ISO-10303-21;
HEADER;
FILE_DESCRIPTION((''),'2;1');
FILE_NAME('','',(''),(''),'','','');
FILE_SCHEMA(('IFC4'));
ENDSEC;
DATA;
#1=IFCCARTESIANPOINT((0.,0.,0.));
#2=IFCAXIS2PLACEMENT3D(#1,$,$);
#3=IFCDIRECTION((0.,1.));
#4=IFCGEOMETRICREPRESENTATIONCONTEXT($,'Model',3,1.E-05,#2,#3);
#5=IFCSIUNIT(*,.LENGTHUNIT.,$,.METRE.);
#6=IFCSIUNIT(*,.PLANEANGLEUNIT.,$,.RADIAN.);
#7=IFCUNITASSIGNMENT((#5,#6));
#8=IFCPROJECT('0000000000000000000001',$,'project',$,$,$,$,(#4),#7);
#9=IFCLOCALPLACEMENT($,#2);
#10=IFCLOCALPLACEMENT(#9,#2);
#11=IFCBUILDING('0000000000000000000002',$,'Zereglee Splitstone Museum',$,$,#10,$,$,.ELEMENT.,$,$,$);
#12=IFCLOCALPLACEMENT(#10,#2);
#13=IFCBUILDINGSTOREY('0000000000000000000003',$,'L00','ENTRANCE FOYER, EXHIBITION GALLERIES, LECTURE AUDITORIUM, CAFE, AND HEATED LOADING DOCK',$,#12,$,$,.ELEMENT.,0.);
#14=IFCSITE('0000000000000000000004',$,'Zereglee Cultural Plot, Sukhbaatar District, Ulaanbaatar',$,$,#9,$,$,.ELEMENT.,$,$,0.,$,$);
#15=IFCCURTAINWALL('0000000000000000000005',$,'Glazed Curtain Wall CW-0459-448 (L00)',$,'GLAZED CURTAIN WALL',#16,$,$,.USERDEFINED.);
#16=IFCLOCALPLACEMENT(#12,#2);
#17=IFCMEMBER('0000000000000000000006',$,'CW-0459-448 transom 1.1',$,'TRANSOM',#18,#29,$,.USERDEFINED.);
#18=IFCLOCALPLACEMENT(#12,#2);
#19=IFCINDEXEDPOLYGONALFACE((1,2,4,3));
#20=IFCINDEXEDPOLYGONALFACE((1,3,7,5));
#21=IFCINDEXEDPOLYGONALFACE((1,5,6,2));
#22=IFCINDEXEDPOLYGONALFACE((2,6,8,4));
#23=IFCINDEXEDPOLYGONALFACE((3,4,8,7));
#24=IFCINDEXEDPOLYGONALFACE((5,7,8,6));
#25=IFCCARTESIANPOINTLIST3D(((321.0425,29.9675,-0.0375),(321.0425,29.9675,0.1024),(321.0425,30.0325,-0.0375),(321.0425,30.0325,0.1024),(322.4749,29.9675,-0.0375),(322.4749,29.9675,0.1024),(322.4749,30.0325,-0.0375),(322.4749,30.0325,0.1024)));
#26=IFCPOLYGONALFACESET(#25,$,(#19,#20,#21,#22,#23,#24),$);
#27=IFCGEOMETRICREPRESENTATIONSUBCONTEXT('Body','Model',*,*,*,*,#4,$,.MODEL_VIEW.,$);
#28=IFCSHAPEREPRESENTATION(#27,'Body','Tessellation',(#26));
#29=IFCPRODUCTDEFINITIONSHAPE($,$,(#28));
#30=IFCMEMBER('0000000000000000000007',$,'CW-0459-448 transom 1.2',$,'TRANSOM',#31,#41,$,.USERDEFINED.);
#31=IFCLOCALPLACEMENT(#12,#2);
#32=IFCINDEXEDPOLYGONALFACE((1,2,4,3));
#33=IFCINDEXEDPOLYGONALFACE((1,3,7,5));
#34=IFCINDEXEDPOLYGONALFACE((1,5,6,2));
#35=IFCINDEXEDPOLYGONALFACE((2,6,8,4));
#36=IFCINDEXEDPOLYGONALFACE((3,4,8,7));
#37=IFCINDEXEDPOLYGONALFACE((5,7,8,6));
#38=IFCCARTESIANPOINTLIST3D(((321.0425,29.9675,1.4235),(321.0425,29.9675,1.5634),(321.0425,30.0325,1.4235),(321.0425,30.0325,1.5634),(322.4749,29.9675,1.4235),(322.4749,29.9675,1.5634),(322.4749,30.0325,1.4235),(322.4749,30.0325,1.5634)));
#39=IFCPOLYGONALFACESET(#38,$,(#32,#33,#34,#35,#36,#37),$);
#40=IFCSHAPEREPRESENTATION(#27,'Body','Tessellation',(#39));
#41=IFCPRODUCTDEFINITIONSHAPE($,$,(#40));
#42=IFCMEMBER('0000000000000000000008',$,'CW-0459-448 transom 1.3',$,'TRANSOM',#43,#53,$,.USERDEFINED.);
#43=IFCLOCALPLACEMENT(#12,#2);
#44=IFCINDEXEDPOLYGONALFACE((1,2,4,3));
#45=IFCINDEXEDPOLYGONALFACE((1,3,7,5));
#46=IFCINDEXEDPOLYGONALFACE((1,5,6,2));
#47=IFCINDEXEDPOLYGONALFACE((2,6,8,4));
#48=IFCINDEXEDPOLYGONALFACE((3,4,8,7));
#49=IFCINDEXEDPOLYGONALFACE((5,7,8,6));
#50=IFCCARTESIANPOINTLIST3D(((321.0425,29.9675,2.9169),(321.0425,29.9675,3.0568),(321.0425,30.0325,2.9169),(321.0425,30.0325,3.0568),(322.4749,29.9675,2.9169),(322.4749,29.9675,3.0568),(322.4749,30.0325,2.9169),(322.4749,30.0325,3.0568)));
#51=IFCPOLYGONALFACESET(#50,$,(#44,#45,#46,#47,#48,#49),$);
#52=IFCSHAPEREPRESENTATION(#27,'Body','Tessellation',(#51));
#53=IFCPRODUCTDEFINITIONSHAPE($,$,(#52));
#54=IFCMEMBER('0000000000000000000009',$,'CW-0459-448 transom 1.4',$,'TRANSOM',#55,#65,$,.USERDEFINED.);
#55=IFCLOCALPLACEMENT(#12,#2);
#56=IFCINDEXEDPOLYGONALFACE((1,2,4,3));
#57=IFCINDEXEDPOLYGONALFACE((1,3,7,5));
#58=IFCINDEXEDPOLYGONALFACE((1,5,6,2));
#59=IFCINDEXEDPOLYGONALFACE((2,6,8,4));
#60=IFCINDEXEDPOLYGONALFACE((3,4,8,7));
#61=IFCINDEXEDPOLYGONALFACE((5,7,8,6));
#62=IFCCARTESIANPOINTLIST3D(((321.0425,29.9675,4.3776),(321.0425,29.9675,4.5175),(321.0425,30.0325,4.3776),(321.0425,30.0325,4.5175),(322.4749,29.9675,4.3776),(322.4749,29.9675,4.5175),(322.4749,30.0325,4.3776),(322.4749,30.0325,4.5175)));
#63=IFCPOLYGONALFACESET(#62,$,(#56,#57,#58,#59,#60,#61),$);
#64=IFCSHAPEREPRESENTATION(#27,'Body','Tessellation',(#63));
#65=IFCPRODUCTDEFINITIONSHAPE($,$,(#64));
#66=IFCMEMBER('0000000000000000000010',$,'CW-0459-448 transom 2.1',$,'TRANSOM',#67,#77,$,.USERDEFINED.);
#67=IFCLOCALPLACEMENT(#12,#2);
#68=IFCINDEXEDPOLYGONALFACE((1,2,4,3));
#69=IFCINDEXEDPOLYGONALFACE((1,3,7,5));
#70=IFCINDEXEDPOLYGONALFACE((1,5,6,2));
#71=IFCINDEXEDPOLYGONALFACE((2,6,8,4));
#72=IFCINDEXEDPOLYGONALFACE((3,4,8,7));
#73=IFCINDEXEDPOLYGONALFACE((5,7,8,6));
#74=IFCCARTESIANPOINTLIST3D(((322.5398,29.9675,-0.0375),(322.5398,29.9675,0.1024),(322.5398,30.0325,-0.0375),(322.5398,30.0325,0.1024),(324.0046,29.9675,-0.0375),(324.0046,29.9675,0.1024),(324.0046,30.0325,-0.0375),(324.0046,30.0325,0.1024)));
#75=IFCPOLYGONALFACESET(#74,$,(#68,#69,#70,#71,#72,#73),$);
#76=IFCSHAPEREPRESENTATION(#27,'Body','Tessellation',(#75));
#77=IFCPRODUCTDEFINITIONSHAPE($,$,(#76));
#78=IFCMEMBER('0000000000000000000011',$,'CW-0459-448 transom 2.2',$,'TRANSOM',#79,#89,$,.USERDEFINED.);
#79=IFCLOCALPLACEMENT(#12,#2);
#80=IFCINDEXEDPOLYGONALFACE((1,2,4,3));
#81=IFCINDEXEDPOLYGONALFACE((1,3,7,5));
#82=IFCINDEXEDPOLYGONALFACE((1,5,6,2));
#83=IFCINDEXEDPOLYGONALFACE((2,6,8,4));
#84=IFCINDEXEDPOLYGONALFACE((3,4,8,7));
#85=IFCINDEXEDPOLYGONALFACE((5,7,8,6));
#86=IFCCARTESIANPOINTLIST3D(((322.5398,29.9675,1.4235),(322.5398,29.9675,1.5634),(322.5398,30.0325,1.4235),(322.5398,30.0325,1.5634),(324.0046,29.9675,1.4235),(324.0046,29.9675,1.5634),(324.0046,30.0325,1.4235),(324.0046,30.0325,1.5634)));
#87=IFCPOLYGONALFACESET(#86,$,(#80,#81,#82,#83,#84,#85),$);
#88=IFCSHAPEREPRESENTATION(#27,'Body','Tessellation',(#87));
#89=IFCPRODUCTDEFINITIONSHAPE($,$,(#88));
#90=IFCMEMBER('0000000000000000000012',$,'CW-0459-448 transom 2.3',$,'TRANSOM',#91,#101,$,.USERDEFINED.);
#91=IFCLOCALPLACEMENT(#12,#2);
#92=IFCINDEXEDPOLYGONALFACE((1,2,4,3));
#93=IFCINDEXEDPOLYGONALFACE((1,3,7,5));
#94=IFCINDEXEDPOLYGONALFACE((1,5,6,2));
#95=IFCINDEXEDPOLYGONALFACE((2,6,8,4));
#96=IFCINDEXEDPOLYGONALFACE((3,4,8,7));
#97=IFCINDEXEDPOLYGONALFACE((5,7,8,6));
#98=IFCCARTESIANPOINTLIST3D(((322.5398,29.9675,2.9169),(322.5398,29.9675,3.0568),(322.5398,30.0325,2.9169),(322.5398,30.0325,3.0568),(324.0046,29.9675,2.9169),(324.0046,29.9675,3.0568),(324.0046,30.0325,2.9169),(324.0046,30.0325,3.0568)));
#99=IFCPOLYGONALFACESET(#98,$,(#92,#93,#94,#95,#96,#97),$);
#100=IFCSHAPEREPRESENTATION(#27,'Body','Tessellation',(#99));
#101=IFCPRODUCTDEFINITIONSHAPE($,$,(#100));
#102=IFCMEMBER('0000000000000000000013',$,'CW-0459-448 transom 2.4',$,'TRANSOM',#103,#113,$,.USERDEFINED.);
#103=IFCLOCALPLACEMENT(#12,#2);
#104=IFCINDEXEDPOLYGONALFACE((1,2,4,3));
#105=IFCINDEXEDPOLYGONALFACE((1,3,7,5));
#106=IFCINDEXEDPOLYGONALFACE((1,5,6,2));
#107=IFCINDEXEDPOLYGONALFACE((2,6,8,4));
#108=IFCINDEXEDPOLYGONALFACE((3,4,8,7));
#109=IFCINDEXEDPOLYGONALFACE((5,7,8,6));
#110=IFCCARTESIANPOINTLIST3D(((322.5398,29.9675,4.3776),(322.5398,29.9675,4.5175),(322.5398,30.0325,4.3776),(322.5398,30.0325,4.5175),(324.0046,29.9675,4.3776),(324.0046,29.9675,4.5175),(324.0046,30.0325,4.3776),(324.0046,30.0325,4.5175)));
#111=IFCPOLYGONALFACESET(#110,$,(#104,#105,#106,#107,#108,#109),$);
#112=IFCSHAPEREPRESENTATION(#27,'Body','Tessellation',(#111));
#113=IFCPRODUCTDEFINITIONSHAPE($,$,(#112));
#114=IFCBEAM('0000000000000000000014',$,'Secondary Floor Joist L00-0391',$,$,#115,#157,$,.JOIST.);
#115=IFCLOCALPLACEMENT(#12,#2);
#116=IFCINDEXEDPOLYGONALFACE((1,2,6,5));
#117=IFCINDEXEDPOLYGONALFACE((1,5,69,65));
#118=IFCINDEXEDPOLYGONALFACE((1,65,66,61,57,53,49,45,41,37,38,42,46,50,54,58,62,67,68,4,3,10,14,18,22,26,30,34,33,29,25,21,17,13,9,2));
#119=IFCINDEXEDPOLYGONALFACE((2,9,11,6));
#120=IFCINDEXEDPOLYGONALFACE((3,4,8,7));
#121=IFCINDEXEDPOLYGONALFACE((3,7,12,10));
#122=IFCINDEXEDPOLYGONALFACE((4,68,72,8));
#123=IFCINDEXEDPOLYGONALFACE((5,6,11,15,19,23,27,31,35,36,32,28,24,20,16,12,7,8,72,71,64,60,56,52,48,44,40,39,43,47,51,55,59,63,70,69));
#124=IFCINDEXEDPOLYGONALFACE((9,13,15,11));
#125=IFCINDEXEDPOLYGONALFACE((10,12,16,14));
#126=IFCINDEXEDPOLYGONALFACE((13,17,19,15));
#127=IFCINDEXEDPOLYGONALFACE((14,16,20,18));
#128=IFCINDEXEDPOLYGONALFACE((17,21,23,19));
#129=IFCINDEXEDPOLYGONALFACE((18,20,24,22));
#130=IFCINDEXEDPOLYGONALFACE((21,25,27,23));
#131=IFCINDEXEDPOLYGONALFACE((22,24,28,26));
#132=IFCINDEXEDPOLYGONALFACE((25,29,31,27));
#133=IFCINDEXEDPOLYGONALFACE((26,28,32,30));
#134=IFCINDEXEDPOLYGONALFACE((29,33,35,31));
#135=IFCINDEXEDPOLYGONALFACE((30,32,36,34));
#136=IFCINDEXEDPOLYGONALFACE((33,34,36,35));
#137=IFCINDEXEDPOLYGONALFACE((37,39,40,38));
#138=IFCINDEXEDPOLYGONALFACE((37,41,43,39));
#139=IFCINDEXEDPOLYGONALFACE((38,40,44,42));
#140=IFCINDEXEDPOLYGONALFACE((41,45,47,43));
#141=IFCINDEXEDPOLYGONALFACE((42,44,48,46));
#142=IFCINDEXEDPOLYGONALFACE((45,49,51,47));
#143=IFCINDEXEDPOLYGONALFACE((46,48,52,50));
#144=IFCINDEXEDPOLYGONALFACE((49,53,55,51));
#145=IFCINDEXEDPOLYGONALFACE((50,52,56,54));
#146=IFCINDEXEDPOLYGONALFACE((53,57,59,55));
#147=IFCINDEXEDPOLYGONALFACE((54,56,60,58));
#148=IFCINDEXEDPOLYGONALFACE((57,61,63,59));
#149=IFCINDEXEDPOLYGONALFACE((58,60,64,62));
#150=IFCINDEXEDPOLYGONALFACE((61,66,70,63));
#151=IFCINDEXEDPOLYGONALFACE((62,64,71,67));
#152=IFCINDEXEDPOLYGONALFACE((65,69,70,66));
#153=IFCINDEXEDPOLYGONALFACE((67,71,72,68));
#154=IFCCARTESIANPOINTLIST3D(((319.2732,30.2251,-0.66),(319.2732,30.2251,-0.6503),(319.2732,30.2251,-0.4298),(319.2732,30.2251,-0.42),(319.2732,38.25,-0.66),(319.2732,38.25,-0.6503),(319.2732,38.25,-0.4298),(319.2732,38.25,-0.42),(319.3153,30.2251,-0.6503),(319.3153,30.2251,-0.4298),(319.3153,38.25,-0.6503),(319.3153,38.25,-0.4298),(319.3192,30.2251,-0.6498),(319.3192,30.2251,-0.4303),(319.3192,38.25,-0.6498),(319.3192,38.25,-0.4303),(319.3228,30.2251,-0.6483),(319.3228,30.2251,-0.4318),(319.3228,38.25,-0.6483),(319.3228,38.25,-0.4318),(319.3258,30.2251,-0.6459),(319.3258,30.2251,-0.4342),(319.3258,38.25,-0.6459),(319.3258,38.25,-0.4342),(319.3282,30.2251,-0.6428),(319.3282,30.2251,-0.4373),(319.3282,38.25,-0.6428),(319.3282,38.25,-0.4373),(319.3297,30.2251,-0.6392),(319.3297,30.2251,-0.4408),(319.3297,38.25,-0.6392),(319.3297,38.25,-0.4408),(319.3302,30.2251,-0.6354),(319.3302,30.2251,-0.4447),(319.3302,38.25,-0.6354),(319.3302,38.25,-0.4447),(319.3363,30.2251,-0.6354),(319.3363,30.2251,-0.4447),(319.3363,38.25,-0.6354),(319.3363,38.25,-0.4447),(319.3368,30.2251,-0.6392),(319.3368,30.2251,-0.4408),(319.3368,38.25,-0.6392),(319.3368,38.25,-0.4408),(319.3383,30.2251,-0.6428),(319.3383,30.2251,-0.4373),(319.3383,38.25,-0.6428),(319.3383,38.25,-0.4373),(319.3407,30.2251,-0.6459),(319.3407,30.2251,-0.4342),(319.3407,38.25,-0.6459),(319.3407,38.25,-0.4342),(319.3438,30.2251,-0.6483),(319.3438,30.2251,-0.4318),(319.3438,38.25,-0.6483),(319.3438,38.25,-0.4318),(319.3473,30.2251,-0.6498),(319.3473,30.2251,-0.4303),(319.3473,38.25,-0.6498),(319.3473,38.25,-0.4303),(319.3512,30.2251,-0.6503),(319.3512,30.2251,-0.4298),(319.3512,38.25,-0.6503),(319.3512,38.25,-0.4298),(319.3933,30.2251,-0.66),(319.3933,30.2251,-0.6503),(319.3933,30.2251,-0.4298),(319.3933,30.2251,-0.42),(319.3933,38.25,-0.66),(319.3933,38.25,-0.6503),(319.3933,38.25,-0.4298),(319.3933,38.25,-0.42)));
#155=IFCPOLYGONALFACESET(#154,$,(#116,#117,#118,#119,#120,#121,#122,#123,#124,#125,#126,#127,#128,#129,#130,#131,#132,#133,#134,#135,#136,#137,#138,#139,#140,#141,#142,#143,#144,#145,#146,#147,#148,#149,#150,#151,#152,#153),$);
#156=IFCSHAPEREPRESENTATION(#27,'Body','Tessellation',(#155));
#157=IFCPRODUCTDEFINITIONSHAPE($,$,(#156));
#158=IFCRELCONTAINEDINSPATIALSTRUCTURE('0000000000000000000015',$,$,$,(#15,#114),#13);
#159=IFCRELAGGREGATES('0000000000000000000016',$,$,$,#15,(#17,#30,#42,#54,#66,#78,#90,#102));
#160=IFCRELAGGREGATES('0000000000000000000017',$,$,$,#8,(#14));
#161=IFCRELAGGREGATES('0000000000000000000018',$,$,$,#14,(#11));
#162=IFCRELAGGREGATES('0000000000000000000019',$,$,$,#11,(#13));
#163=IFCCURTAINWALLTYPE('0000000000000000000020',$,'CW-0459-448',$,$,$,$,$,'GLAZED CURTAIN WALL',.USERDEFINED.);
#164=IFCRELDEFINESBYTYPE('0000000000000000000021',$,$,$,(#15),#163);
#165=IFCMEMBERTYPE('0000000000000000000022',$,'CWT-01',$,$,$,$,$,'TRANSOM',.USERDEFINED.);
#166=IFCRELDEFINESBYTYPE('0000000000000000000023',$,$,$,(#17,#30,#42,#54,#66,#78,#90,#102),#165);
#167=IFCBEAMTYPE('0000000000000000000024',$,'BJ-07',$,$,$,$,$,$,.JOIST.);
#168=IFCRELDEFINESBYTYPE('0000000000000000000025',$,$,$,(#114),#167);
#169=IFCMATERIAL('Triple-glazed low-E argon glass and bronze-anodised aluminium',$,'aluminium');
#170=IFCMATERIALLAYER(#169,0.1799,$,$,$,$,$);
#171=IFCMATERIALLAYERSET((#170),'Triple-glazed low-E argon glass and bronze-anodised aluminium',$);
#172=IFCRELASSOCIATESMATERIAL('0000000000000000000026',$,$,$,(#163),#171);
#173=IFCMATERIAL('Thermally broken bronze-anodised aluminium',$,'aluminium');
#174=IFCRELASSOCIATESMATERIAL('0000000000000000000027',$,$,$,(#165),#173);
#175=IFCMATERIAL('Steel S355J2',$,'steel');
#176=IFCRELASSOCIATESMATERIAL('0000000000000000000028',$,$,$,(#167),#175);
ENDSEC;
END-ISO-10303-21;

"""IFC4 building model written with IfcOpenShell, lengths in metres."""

from ifc_helpers import new_model, si_unit, direction, frame, origin, origin_2d, place, context, subcontext, project, spatial, rectangle, i_section, extrude, material, layer, layer_set, material_profile, profile_set, type_object, element, aggregate, save


model = new_model("IFC4")

# Units and contexts
model_context = context("Model", 3, precision=1e-05, world=origin(), true_north=direction((0.0, 1.0)))
body_context = subcontext(model_context, "Body", "Model", "MODEL_VIEW")
ifc_project = project(units=[si_unit("LENGTHUNIT", "METRE"), si_unit("PLANEANGLEUNIT", "RADIAN")], contexts=[model_context])

# Site, building, storey
site_placement = place(None, origin())
site = spatial("IfcSite", under=ifc_project, at=site_placement, Name="Zereglee Cultural Plot, Sukhbaatar District, Ulaanbaatar", CompositionType="ELEMENT", RefElevation=0.0)
building_placement = place(site_placement, origin())
building = spatial("IfcBuilding", under=site, at=building_placement, Name="Zereglee Splitstone Museum", CompositionType="ELEMENT")
storey_placement = place(building_placement, origin())
storey = spatial("IfcBuildingStorey", under=building, at=storey_placement, Name="L00", Description="ENTRANCE FOYER, EXHIBITION GALLERIES, LECTURE AUDITORIUM, CAFE, AND HEATED LOADING DOCK", CompositionType="ELEMENT", Elevation=0.0)

# Curtain wall
ifc_material_1 = material(Name="Triple-glazed low-E argon glass and bronze-anodised aluminium", Category="aluminium")
ifc_material_2 = material(Name="Thermally broken bronze-anodised aluminium", Category="aluminium")
ifc_layer_1 = layer(ifc_material_1, 0.1799)
ifc_layer_set_1 = layer_set([ifc_layer_1], Name="Triple-glazed low-E argon glass and bronze-anodised aluminium")
curtain_wall_type_1 = type_object("IfcCurtainWallType", Name="CW-0459-448", ElementType="GLAZED CURTAIN WALL", PredefinedType="USERDEFINED", material=ifc_layer_set_1)
curtain_wall_1_placement = place(storey_placement, origin())
curtain_wall_1 = element("IfcCurtainWall", 1, at=curtain_wall_1_placement, inside=storey, type_object=curtain_wall_type_1, Name="Glazed Curtain Wall CW-0459-448 (L00)", ObjectType="GLAZED CURTAIN WALL", PredefinedType="USERDEFINED")

# Members
ifc_material_profile_1 = material_profile(ifc_material_2, rectangle(XDim=0.0649, YDim=0.1399, at=origin_2d()), Name="CW TRAN 65x140")
ifc_profile_set_1 = profile_set([ifc_material_profile_1], Name="Thermally broken bronze-anodised aluminium")
member_type_1 = type_object("IfcMemberType", Name="CWT-01", ElementType="TRANSOM", PredefinedType="USERDEFINED", material=ifc_profile_set_1)
member_1_placement = place(storey_placement, frame((321.0425, 30.0, 0.0325), z_axis=(1.0, 0.0, 0.0), x_axis=(0.0, 1.0, 0.0)))
member_1 = element("IfcMember", 2, at=member_1_placement, type_object=member_type_1, Name="CW-0459-448 transom 1.1", ObjectType="TRANSOM", PredefinedType="USERDEFINED", context=body_context, shape_type="SweptSolid", body=[
    extrude(rectangle(XDim=0.0649, YDim=0.1399, at=origin_2d()), origin(), (0.0, 0.0, 1.0), 1.4324),
])
member_2_placement = place(storey_placement, frame((321.0425, 30.0, 1.4934), z_axis=(1.0, 0.0, 0.0), x_axis=(0.0, 1.0, 0.0)))
member_2 = element("IfcMember", 3, at=member_2_placement, type_object=member_type_1, Name="CW-0459-448 transom 1.2", ObjectType="TRANSOM", PredefinedType="USERDEFINED", context=body_context, shape_type="SweptSolid", body=[
    extrude(rectangle(XDim=0.0649, YDim=0.1399, at=origin_2d()), origin(), (0.0, 0.0, 1.0), 1.4324),
])
member_3_placement = place(storey_placement, frame((321.0425, 30.0, 2.9868), z_axis=(1.0, 0.0, 0.0), x_axis=(0.0, 1.0, 0.0)))
member_3 = element("IfcMember", 4, at=member_3_placement, type_object=member_type_1, Name="CW-0459-448 transom 1.3", ObjectType="TRANSOM", PredefinedType="USERDEFINED", context=body_context, shape_type="SweptSolid", body=[
    extrude(rectangle(XDim=0.0649, YDim=0.1399, at=origin_2d()), origin(), (0.0, 0.0, 1.0), 1.4324),
])
member_4_placement = place(storey_placement, frame((321.0425, 30.0, 4.4475), z_axis=(1.0, 0.0, 0.0), x_axis=(0.0, 1.0, 0.0)))
member_4 = element("IfcMember", 5, at=member_4_placement, type_object=member_type_1, Name="CW-0459-448 transom 1.4", ObjectType="TRANSOM", PredefinedType="USERDEFINED", context=body_context, shape_type="SweptSolid", body=[
    extrude(rectangle(XDim=0.0649, YDim=0.1399, at=origin_2d()), origin(), (0.0, 0.0, 1.0), 1.4324),
])
member_5_placement = place(storey_placement, frame((322.5398, 30.0, 0.0325), z_axis=(1.0, 0.0, 0.0), x_axis=(0.0, 1.0, 0.0)))
member_5 = element("IfcMember", 6, at=member_5_placement, type_object=member_type_1, Name="CW-0459-448 transom 2.1", ObjectType="TRANSOM", PredefinedType="USERDEFINED", context=body_context, shape_type="SweptSolid", body=[
    extrude(rectangle(XDim=0.0649, YDim=0.1399, at=origin_2d()), origin(), (0.0, 0.0, 1.0), 1.4648),
])
member_6_placement = place(storey_placement, frame((322.5398, 30.0, 1.4934), z_axis=(1.0, 0.0, 0.0), x_axis=(0.0, 1.0, 0.0)))
member_6 = element("IfcMember", 7, at=member_6_placement, type_object=member_type_1, Name="CW-0459-448 transom 2.2", ObjectType="TRANSOM", PredefinedType="USERDEFINED", context=body_context, shape_type="SweptSolid", body=[
    extrude(rectangle(XDim=0.0649, YDim=0.1399, at=origin_2d()), origin(), (0.0, 0.0, 1.0), 1.4648),
])
member_7_placement = place(storey_placement, frame((322.5398, 30.0, 2.9868), z_axis=(1.0, 0.0, 0.0), x_axis=(0.0, 1.0, 0.0)))
member_7 = element("IfcMember", 8, at=member_7_placement, type_object=member_type_1, Name="CW-0459-448 transom 2.3", ObjectType="TRANSOM", PredefinedType="USERDEFINED", context=body_context, shape_type="SweptSolid", body=[
    extrude(rectangle(XDim=0.0649, YDim=0.1399, at=origin_2d()), origin(), (0.0, 0.0, 1.0), 1.4648),
])
member_8_placement = place(storey_placement, frame((322.5398, 30.0, 4.4475), z_axis=(1.0, 0.0, 0.0), x_axis=(0.0, 1.0, 0.0)))
member_8 = element("IfcMember", 9, at=member_8_placement, type_object=member_type_1, Name="CW-0459-448 transom 2.4", ObjectType="TRANSOM", PredefinedType="USERDEFINED", context=body_context, shape_type="SweptSolid", body=[
    extrude(rectangle(XDim=0.0649, YDim=0.1399, at=origin_2d()), origin(), (0.0, 0.0, 1.0), 1.4648),
])

# Beam
ifc_material_3 = material(Name="Steel S355J2", Category="steel")
ifc_material_profile_2 = material_profile(ifc_material_3, i_section(OverallWidth=0.1201, OverallDepth=0.24, WebThickness=0.0061, FlangeThickness=0.0098, FilletRadius=0.0149, at=origin_2d()), Name="IPE 240")
ifc_profile_set_2 = profile_set([ifc_material_profile_2], Name="Steel S355J2")
beam_type_1 = type_object("IfcBeamType", Name="BJ-07", PredefinedType="JOIST", material=ifc_profile_set_2)
beam_1_placement = place(storey_placement, frame((319.3333, 30.2251, -0.54), z_axis=(0.0, 1.0, 0.0), x_axis=(-1.0, 0.0, 0.0)))
element("IfcBeam", 10, at=beam_1_placement, inside=storey, type_object=beam_type_1, Name="Secondary Floor Joist L00-0391", PredefinedType="JOIST", context=body_context, shape_type="SweptSolid", body=[
    extrude(i_section(OverallWidth=0.1201, OverallDepth=0.24, WebThickness=0.0061, FlangeThickness=0.0098, FilletRadius=0.0149, at=origin_2d()), origin(), (0.0, 0.0, 1.0), 8.0249),
])

aggregate(curtain_wall_1, [member_1, member_2, member_3, member_4, member_5, member_6, member_7, member_8])

save(model, "model.ifc")
